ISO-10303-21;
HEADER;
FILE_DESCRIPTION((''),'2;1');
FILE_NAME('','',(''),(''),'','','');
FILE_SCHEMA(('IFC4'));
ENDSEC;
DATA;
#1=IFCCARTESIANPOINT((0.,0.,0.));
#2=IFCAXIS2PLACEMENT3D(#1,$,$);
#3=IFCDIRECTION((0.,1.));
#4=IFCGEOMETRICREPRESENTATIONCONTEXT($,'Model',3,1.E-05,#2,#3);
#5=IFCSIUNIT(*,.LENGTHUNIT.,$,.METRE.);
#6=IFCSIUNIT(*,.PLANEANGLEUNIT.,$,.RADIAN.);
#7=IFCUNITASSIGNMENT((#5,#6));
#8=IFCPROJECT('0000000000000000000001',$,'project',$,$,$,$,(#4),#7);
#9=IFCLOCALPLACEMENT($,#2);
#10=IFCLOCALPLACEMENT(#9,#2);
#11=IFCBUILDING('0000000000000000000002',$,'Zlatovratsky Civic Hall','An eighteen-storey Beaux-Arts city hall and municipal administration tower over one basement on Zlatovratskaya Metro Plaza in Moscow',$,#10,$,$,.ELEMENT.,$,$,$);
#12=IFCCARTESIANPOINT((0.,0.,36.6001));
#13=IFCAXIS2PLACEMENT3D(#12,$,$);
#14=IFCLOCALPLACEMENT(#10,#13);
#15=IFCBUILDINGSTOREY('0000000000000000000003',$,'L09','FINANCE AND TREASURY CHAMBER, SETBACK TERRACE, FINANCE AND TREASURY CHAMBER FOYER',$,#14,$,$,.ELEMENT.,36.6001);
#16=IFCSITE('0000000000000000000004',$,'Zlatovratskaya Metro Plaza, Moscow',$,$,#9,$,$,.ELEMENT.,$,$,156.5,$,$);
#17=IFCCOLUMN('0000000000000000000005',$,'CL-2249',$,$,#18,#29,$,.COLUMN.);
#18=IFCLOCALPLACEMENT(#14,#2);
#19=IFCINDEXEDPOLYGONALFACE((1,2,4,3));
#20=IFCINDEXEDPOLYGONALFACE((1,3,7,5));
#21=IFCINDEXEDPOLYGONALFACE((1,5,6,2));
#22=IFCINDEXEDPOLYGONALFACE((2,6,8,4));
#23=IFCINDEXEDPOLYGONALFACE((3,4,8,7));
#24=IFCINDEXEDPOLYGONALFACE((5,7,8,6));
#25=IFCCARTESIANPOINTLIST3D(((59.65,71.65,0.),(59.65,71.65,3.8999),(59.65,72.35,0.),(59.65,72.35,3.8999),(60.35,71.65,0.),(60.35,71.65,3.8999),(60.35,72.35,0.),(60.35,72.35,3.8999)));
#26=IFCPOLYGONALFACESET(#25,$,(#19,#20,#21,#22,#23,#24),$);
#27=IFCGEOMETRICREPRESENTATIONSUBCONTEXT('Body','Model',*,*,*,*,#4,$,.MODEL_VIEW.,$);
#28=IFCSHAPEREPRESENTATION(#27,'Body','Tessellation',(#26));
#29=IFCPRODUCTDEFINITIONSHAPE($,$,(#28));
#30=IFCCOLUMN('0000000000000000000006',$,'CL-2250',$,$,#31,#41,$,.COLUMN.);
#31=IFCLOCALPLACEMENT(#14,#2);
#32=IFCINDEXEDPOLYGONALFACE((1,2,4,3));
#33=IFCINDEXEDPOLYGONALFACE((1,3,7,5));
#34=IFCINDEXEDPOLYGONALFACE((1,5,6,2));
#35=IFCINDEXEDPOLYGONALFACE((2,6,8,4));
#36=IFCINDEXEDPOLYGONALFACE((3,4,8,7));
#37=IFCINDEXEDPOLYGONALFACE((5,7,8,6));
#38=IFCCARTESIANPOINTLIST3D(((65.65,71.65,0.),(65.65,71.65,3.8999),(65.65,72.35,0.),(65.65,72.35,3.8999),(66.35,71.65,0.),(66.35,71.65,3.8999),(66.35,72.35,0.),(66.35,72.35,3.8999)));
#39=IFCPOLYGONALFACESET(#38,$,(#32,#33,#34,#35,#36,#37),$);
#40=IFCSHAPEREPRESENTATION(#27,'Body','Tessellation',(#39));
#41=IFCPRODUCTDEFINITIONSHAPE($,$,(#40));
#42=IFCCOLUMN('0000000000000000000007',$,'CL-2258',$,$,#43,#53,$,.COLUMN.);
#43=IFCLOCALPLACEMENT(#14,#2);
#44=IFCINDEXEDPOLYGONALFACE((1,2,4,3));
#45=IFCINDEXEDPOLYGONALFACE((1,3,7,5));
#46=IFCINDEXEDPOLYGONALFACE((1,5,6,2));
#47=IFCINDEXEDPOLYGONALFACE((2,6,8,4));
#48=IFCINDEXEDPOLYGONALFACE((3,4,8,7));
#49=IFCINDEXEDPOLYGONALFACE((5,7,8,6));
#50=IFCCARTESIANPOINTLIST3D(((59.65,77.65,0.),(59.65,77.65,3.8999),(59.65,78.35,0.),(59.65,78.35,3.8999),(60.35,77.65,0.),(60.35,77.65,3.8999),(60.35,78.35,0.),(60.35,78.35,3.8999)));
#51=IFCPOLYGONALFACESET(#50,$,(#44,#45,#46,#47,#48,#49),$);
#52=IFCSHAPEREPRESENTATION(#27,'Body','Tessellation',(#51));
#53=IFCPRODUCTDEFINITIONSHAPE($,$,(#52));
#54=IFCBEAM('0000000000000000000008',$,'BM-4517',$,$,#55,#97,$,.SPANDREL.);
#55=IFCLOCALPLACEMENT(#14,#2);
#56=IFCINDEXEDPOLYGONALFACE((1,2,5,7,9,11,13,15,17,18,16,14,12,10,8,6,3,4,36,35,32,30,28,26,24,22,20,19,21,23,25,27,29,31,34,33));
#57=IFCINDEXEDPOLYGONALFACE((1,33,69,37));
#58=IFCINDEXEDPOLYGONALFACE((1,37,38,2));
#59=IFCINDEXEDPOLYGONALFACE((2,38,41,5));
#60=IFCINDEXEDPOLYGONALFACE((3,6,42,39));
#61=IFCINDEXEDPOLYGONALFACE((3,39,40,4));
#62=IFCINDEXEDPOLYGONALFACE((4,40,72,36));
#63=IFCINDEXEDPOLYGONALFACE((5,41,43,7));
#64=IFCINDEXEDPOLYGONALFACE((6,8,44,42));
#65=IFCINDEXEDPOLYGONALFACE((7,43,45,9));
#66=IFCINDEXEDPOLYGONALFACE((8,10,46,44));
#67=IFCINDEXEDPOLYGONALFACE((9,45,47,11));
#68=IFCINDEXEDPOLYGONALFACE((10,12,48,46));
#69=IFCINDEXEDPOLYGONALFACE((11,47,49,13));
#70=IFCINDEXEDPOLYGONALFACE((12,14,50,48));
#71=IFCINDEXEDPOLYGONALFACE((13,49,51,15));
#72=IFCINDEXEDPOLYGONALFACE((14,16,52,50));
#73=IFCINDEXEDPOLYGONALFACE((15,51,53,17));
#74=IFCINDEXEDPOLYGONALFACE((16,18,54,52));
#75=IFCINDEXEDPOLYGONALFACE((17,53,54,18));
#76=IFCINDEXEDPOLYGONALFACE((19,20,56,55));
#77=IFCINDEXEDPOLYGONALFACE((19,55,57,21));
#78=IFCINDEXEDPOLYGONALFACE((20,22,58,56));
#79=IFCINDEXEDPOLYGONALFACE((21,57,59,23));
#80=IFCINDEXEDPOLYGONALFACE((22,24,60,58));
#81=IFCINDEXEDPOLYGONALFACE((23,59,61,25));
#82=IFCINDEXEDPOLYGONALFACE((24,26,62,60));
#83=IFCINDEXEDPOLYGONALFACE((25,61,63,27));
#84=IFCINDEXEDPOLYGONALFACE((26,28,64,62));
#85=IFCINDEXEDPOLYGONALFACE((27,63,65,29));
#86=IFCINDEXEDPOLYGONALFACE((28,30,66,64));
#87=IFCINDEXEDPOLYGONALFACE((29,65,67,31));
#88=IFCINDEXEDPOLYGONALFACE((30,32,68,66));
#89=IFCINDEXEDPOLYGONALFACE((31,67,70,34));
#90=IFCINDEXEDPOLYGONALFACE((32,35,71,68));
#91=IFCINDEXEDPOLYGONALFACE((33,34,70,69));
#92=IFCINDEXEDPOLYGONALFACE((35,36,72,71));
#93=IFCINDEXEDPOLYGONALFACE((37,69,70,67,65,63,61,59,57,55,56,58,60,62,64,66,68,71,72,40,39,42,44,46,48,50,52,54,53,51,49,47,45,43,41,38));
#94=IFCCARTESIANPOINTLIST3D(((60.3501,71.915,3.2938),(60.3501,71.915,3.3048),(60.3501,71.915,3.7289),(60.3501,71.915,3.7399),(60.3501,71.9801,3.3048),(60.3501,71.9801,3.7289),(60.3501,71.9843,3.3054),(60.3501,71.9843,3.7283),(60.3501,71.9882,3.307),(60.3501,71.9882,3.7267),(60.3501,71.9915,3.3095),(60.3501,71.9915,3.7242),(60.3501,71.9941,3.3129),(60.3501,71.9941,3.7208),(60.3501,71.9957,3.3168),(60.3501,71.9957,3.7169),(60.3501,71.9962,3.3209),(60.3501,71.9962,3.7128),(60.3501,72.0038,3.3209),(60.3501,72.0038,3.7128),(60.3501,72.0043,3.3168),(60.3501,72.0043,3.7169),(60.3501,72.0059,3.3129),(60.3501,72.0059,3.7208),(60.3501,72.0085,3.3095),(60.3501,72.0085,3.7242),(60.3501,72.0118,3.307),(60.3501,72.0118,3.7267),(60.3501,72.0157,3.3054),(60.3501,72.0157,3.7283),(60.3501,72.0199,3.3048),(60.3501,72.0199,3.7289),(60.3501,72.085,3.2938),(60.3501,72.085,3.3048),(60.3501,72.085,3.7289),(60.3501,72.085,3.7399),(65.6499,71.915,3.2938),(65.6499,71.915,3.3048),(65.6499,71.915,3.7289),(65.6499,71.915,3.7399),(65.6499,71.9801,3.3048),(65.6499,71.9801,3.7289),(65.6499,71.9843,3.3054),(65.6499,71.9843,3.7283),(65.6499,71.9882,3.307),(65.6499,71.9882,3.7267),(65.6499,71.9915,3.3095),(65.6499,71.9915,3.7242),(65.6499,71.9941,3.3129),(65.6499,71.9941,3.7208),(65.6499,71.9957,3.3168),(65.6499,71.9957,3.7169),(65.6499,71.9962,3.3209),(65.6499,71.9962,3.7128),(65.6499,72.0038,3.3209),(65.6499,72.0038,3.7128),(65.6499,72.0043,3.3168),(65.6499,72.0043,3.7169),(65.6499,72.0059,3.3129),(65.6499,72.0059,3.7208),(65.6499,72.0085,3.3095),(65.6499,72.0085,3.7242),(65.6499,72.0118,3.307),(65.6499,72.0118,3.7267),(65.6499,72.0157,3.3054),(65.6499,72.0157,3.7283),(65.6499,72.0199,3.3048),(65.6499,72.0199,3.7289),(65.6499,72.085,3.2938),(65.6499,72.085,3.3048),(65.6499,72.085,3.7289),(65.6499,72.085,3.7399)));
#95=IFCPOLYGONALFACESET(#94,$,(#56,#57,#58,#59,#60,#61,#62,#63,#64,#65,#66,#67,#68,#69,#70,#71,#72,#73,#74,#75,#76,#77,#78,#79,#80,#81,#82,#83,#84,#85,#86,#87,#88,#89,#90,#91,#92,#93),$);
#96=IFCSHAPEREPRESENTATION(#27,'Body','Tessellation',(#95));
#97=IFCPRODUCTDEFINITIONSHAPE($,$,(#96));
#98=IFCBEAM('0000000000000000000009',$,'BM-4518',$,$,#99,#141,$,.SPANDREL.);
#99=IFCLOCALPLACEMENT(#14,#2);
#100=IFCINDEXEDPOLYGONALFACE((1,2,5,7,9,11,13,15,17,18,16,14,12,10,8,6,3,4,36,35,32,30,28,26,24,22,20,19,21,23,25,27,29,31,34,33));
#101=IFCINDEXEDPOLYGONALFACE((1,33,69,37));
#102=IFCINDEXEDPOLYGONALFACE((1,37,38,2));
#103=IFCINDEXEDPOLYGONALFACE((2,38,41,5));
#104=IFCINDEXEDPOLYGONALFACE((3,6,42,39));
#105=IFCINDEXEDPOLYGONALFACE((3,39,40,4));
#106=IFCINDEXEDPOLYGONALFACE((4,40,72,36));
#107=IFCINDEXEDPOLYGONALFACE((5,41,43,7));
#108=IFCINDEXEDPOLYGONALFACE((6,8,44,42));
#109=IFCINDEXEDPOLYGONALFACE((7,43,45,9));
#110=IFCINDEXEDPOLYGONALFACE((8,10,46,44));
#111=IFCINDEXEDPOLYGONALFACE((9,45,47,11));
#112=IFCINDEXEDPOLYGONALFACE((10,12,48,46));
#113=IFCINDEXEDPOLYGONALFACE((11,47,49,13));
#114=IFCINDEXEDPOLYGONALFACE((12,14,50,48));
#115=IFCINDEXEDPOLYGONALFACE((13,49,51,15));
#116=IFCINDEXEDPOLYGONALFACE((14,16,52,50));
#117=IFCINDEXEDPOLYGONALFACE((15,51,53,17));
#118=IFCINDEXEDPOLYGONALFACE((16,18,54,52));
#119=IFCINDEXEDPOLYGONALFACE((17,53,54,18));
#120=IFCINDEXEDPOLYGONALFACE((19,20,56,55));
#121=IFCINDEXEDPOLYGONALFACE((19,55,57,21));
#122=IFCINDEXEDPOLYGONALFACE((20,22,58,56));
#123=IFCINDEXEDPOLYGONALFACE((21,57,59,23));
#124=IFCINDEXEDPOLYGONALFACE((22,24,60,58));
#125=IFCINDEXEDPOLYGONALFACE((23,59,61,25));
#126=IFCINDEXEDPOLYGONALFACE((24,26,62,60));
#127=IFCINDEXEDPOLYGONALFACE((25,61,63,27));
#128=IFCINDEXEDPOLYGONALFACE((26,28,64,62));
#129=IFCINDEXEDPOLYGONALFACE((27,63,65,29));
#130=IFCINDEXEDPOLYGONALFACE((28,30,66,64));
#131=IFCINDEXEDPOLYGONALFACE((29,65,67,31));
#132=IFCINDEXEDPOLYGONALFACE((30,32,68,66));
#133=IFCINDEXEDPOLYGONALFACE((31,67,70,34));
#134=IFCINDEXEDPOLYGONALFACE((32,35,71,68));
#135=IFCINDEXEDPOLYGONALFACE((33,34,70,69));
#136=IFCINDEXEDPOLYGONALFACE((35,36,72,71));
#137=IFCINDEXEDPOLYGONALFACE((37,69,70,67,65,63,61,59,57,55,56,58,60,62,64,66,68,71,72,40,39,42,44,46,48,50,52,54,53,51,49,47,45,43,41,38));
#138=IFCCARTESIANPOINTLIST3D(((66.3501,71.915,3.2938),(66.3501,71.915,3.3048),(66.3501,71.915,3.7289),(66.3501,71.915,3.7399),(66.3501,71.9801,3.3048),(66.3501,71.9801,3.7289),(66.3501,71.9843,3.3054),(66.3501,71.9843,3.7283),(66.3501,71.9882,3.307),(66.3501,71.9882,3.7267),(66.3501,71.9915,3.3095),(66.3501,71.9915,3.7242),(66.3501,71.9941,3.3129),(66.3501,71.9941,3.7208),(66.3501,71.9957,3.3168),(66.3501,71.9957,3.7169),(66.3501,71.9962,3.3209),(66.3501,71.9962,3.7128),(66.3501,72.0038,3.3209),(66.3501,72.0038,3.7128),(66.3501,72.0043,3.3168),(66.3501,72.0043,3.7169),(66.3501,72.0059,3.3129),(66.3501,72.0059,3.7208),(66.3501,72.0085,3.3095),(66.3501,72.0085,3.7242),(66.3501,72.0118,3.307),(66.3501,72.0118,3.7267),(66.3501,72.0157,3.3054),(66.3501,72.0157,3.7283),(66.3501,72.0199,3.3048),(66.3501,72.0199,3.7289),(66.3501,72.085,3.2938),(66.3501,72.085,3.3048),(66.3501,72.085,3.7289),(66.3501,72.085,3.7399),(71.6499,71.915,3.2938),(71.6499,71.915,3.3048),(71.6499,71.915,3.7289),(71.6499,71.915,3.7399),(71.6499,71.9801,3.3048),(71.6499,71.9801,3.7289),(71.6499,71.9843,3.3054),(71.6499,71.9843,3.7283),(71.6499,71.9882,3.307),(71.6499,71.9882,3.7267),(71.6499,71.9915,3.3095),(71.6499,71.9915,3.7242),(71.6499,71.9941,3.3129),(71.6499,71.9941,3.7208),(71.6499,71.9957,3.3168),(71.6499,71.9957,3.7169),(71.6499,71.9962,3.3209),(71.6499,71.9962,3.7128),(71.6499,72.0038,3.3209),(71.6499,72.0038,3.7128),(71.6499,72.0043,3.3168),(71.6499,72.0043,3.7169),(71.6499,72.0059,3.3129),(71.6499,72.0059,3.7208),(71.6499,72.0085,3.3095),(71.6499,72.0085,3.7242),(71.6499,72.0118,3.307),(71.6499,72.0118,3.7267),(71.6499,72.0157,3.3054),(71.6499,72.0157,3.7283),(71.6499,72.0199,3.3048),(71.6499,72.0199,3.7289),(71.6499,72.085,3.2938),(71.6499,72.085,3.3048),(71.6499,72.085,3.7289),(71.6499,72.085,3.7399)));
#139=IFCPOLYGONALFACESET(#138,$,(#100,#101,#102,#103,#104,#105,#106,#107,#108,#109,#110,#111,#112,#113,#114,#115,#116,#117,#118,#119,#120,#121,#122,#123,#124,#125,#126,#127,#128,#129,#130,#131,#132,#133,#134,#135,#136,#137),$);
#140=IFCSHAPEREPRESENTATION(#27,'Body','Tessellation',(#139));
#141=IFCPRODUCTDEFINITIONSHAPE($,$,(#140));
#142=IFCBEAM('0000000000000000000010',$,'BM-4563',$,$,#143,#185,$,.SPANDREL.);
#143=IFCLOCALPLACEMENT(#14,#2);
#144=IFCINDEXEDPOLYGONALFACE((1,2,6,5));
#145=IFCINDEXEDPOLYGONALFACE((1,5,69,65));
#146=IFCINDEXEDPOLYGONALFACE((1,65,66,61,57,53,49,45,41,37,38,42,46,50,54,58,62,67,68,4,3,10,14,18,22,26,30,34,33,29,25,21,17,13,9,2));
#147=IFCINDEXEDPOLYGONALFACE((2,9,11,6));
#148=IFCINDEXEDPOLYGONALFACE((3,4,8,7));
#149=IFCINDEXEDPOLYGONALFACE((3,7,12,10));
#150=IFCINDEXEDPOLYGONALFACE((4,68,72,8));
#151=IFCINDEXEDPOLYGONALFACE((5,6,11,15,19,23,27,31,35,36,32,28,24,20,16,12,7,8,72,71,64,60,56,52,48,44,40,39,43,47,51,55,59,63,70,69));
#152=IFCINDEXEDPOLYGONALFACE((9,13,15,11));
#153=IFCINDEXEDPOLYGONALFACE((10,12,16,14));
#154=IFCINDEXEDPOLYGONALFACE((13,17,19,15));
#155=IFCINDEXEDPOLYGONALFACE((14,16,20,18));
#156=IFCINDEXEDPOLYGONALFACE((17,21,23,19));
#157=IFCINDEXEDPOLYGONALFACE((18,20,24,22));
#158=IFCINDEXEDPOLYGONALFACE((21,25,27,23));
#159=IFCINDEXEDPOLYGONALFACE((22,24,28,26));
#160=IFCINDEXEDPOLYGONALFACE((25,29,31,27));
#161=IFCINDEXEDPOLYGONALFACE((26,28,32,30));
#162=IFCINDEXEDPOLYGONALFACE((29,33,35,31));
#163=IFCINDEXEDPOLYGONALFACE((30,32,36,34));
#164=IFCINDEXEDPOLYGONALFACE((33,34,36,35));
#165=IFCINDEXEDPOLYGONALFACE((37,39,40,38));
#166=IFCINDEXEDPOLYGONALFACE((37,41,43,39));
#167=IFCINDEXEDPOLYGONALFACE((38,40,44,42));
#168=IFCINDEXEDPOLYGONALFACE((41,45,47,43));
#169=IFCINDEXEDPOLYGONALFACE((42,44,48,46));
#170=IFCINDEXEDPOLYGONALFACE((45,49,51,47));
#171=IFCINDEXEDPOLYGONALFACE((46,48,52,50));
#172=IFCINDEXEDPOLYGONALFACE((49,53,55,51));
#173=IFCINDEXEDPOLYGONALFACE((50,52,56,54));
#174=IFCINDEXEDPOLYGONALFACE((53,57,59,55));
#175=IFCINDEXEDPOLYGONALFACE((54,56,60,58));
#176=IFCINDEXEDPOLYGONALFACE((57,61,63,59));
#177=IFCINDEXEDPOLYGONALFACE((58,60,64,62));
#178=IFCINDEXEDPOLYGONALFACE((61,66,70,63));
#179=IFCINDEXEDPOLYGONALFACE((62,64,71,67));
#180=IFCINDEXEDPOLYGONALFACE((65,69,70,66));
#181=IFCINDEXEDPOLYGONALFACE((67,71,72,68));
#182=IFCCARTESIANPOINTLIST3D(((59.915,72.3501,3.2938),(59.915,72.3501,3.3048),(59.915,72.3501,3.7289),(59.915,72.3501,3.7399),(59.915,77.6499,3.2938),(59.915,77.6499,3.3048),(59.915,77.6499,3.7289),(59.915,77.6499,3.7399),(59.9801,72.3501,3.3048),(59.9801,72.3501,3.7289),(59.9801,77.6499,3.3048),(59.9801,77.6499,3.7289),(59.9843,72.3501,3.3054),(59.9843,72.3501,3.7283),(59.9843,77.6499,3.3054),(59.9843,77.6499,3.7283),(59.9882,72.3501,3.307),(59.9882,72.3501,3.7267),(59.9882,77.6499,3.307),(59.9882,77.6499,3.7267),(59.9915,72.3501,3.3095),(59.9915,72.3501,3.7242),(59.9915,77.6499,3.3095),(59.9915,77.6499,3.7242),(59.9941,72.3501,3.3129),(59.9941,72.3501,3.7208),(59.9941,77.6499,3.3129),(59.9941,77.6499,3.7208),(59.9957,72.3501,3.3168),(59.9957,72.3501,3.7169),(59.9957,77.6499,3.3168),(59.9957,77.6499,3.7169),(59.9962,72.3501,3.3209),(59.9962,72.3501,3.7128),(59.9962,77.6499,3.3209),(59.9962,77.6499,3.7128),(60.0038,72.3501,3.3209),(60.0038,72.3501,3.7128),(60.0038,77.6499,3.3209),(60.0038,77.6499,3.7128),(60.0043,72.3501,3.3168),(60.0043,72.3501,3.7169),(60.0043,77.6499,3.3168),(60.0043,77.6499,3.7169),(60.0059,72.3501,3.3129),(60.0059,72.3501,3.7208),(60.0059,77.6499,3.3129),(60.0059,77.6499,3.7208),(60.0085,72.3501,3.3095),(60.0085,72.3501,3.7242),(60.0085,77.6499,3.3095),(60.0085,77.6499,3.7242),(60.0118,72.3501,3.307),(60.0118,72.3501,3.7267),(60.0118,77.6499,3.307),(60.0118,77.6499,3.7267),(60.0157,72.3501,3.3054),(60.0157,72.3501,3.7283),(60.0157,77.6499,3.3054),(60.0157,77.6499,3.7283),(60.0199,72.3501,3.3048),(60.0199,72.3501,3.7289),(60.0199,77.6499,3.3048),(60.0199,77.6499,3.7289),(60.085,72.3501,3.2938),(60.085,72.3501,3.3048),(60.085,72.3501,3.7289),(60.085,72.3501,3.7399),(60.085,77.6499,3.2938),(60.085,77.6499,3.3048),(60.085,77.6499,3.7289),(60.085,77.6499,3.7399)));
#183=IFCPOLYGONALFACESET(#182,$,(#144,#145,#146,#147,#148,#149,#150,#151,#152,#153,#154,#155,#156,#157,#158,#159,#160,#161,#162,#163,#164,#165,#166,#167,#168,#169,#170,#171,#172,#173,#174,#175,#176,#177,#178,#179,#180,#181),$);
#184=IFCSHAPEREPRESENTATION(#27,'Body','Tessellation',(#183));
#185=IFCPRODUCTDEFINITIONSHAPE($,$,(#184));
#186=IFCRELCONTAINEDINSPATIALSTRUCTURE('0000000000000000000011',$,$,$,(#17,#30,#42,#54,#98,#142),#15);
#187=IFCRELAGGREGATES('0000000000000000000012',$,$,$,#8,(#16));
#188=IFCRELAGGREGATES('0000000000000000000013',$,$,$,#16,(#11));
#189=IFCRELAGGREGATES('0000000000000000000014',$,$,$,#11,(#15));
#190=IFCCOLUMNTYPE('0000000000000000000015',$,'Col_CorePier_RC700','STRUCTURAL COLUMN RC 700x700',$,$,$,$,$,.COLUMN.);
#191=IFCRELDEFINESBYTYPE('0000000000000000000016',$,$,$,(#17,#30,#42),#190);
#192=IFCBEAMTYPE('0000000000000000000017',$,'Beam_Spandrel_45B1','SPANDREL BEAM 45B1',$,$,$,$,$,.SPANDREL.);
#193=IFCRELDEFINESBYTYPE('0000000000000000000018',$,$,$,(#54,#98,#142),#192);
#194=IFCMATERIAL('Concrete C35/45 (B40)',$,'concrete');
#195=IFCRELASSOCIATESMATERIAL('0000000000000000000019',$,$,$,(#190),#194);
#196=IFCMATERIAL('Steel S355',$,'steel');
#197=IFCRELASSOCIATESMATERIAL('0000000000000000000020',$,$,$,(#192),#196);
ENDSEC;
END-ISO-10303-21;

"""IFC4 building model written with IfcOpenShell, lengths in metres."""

from ifc_helpers import new_model, si_unit, direction, frame, origin, origin_2d, place, context, subcontext, project, spatial, rectangle, i_section, extrude, material, material_profile, profile_set, type_object, element, save


model = new_model("IFC4")

# Units and contexts
model_context = context("Model", 3, precision=1e-05, world=origin(), true_north=direction((0.0, 1.0)))
body_context = subcontext(model_context, "Body", "Model", "MODEL_VIEW")
ifc_project = project(units=[si_unit("LENGTHUNIT", "METRE"), si_unit("PLANEANGLEUNIT", "RADIAN")], contexts=[model_context])

# Site, building, storey
site_placement = place(None, origin())
site = spatial("IfcSite", under=ifc_project, at=site_placement, Name="Zlatovratskaya Metro Plaza, Moscow", CompositionType="ELEMENT", RefElevation=156.5)
building_placement = place(site_placement, origin())
building = spatial("IfcBuilding", under=site, at=building_placement, Name="Zlatovratsky Civic Hall", Description="An eighteen-storey Beaux-Arts city hall and municipal administration tower over one basement on Zlatovratskaya Metro Plaza in Moscow", CompositionType="ELEMENT")
storey_placement = place(building_placement, frame((0.0, 0.0, 36.6001)))
storey = spatial("IfcBuildingStorey", under=building, at=storey_placement, Name="L09", Description="FINANCE AND TREASURY CHAMBER, SETBACK TERRACE, FINANCE AND TREASURY CHAMBER FOYER", CompositionType="ELEMENT", Elevation=36.6001)

# Columns
ifc_material_1 = material(Name="Concrete C35/45 (B40)", Category="concrete")
ifc_material_profile_1 = material_profile(ifc_material_1, rectangle(XDim=0.7, YDim=0.7, at=origin_2d()), Name="RC 700x700")
ifc_profile_set_1 = profile_set([ifc_material_profile_1], Name="Concrete C35/45 (B40)")
column_type = type_object("IfcColumnType", Name="Col_CorePier_RC700", Description="STRUCTURAL COLUMN RC 700x700", PredefinedType="COLUMN", material=ifc_profile_set_1)
for number, where, z_axis, x_axis, name in (
    (1, (60.0, 72.0, 0.0), (0.0, 0.0, 1.0), (1.0, 0.0, 0.0), "CL-2249"),
    (2, (66.0, 72.0, 0.0), (0.0, 0.0, 1.0), (1.0, 0.0, 0.0), "CL-2250"),
    (3, (60.0, 78.0, 0.0), (0.0, 0.0, 1.0), (1.0, 0.0, 0.0), "CL-2258"),
):
    element("IfcColumn", number, at=place(storey_placement, frame(where, z_axis=z_axis, x_axis=x_axis)), inside=storey, type_object=column_type, Name=name, PredefinedType="COLUMN", context=body_context, shape_type="SweptSolid", body=[
        extrude(rectangle(XDim=0.7, YDim=0.7, at=origin_2d()), origin(), (0.0, 0.0, 1.0), 3.8999),
    ])

# Beams
ifc_material_2 = material(Name="Steel S355", Category="steel")
ifc_material_profile_2 = material_profile(ifc_material_2, i_section(OverallWidth=0.1699, OverallDepth=0.446, WebThickness=0.0076, FlangeThickness=0.011, FilletRadius=0.0161, at=origin_2d()), Name="45B1")
ifc_profile_set_2 = profile_set([ifc_material_profile_2], Name="Steel S355")
beam_type_1 = type_object("IfcBeamType", Name="Beam_Spandrel_45B1", Description="SPANDREL BEAM 45B1", PredefinedType="SPANDREL", material=ifc_profile_set_2)
for number, where, z_axis, x_axis, name in (
    (4, (60.3501, 72.0, 3.5168), (1.0, 0.0, 0.0), (0.0, 1.0, 0.0), "BM-4517"),
    (5, (66.3501, 72.0, 3.5168), (1.0, 0.0, 0.0), (0.0, 1.0, 0.0), "BM-4518"),
    (6, (60.0, 72.3501, 3.5168), (0.0, 1.0, 0.0), (-1.0, 0.0, 0.0), "BM-4563"),
):
    element("IfcBeam", number, at=place(storey_placement, frame(where, z_axis=z_axis, x_axis=x_axis)), inside=storey, type_object=beam_type_1, Name=name, PredefinedType="SPANDREL", context=body_context, shape_type="SweptSolid", body=[
        extrude(i_section(OverallWidth=0.1699, OverallDepth=0.446, WebThickness=0.0076, FlangeThickness=0.011, FilletRadius=0.0161, at=origin_2d()), origin(), (0.0, 0.0, 1.0), 5.2998),
    ])

save(model, "model.ifc")
